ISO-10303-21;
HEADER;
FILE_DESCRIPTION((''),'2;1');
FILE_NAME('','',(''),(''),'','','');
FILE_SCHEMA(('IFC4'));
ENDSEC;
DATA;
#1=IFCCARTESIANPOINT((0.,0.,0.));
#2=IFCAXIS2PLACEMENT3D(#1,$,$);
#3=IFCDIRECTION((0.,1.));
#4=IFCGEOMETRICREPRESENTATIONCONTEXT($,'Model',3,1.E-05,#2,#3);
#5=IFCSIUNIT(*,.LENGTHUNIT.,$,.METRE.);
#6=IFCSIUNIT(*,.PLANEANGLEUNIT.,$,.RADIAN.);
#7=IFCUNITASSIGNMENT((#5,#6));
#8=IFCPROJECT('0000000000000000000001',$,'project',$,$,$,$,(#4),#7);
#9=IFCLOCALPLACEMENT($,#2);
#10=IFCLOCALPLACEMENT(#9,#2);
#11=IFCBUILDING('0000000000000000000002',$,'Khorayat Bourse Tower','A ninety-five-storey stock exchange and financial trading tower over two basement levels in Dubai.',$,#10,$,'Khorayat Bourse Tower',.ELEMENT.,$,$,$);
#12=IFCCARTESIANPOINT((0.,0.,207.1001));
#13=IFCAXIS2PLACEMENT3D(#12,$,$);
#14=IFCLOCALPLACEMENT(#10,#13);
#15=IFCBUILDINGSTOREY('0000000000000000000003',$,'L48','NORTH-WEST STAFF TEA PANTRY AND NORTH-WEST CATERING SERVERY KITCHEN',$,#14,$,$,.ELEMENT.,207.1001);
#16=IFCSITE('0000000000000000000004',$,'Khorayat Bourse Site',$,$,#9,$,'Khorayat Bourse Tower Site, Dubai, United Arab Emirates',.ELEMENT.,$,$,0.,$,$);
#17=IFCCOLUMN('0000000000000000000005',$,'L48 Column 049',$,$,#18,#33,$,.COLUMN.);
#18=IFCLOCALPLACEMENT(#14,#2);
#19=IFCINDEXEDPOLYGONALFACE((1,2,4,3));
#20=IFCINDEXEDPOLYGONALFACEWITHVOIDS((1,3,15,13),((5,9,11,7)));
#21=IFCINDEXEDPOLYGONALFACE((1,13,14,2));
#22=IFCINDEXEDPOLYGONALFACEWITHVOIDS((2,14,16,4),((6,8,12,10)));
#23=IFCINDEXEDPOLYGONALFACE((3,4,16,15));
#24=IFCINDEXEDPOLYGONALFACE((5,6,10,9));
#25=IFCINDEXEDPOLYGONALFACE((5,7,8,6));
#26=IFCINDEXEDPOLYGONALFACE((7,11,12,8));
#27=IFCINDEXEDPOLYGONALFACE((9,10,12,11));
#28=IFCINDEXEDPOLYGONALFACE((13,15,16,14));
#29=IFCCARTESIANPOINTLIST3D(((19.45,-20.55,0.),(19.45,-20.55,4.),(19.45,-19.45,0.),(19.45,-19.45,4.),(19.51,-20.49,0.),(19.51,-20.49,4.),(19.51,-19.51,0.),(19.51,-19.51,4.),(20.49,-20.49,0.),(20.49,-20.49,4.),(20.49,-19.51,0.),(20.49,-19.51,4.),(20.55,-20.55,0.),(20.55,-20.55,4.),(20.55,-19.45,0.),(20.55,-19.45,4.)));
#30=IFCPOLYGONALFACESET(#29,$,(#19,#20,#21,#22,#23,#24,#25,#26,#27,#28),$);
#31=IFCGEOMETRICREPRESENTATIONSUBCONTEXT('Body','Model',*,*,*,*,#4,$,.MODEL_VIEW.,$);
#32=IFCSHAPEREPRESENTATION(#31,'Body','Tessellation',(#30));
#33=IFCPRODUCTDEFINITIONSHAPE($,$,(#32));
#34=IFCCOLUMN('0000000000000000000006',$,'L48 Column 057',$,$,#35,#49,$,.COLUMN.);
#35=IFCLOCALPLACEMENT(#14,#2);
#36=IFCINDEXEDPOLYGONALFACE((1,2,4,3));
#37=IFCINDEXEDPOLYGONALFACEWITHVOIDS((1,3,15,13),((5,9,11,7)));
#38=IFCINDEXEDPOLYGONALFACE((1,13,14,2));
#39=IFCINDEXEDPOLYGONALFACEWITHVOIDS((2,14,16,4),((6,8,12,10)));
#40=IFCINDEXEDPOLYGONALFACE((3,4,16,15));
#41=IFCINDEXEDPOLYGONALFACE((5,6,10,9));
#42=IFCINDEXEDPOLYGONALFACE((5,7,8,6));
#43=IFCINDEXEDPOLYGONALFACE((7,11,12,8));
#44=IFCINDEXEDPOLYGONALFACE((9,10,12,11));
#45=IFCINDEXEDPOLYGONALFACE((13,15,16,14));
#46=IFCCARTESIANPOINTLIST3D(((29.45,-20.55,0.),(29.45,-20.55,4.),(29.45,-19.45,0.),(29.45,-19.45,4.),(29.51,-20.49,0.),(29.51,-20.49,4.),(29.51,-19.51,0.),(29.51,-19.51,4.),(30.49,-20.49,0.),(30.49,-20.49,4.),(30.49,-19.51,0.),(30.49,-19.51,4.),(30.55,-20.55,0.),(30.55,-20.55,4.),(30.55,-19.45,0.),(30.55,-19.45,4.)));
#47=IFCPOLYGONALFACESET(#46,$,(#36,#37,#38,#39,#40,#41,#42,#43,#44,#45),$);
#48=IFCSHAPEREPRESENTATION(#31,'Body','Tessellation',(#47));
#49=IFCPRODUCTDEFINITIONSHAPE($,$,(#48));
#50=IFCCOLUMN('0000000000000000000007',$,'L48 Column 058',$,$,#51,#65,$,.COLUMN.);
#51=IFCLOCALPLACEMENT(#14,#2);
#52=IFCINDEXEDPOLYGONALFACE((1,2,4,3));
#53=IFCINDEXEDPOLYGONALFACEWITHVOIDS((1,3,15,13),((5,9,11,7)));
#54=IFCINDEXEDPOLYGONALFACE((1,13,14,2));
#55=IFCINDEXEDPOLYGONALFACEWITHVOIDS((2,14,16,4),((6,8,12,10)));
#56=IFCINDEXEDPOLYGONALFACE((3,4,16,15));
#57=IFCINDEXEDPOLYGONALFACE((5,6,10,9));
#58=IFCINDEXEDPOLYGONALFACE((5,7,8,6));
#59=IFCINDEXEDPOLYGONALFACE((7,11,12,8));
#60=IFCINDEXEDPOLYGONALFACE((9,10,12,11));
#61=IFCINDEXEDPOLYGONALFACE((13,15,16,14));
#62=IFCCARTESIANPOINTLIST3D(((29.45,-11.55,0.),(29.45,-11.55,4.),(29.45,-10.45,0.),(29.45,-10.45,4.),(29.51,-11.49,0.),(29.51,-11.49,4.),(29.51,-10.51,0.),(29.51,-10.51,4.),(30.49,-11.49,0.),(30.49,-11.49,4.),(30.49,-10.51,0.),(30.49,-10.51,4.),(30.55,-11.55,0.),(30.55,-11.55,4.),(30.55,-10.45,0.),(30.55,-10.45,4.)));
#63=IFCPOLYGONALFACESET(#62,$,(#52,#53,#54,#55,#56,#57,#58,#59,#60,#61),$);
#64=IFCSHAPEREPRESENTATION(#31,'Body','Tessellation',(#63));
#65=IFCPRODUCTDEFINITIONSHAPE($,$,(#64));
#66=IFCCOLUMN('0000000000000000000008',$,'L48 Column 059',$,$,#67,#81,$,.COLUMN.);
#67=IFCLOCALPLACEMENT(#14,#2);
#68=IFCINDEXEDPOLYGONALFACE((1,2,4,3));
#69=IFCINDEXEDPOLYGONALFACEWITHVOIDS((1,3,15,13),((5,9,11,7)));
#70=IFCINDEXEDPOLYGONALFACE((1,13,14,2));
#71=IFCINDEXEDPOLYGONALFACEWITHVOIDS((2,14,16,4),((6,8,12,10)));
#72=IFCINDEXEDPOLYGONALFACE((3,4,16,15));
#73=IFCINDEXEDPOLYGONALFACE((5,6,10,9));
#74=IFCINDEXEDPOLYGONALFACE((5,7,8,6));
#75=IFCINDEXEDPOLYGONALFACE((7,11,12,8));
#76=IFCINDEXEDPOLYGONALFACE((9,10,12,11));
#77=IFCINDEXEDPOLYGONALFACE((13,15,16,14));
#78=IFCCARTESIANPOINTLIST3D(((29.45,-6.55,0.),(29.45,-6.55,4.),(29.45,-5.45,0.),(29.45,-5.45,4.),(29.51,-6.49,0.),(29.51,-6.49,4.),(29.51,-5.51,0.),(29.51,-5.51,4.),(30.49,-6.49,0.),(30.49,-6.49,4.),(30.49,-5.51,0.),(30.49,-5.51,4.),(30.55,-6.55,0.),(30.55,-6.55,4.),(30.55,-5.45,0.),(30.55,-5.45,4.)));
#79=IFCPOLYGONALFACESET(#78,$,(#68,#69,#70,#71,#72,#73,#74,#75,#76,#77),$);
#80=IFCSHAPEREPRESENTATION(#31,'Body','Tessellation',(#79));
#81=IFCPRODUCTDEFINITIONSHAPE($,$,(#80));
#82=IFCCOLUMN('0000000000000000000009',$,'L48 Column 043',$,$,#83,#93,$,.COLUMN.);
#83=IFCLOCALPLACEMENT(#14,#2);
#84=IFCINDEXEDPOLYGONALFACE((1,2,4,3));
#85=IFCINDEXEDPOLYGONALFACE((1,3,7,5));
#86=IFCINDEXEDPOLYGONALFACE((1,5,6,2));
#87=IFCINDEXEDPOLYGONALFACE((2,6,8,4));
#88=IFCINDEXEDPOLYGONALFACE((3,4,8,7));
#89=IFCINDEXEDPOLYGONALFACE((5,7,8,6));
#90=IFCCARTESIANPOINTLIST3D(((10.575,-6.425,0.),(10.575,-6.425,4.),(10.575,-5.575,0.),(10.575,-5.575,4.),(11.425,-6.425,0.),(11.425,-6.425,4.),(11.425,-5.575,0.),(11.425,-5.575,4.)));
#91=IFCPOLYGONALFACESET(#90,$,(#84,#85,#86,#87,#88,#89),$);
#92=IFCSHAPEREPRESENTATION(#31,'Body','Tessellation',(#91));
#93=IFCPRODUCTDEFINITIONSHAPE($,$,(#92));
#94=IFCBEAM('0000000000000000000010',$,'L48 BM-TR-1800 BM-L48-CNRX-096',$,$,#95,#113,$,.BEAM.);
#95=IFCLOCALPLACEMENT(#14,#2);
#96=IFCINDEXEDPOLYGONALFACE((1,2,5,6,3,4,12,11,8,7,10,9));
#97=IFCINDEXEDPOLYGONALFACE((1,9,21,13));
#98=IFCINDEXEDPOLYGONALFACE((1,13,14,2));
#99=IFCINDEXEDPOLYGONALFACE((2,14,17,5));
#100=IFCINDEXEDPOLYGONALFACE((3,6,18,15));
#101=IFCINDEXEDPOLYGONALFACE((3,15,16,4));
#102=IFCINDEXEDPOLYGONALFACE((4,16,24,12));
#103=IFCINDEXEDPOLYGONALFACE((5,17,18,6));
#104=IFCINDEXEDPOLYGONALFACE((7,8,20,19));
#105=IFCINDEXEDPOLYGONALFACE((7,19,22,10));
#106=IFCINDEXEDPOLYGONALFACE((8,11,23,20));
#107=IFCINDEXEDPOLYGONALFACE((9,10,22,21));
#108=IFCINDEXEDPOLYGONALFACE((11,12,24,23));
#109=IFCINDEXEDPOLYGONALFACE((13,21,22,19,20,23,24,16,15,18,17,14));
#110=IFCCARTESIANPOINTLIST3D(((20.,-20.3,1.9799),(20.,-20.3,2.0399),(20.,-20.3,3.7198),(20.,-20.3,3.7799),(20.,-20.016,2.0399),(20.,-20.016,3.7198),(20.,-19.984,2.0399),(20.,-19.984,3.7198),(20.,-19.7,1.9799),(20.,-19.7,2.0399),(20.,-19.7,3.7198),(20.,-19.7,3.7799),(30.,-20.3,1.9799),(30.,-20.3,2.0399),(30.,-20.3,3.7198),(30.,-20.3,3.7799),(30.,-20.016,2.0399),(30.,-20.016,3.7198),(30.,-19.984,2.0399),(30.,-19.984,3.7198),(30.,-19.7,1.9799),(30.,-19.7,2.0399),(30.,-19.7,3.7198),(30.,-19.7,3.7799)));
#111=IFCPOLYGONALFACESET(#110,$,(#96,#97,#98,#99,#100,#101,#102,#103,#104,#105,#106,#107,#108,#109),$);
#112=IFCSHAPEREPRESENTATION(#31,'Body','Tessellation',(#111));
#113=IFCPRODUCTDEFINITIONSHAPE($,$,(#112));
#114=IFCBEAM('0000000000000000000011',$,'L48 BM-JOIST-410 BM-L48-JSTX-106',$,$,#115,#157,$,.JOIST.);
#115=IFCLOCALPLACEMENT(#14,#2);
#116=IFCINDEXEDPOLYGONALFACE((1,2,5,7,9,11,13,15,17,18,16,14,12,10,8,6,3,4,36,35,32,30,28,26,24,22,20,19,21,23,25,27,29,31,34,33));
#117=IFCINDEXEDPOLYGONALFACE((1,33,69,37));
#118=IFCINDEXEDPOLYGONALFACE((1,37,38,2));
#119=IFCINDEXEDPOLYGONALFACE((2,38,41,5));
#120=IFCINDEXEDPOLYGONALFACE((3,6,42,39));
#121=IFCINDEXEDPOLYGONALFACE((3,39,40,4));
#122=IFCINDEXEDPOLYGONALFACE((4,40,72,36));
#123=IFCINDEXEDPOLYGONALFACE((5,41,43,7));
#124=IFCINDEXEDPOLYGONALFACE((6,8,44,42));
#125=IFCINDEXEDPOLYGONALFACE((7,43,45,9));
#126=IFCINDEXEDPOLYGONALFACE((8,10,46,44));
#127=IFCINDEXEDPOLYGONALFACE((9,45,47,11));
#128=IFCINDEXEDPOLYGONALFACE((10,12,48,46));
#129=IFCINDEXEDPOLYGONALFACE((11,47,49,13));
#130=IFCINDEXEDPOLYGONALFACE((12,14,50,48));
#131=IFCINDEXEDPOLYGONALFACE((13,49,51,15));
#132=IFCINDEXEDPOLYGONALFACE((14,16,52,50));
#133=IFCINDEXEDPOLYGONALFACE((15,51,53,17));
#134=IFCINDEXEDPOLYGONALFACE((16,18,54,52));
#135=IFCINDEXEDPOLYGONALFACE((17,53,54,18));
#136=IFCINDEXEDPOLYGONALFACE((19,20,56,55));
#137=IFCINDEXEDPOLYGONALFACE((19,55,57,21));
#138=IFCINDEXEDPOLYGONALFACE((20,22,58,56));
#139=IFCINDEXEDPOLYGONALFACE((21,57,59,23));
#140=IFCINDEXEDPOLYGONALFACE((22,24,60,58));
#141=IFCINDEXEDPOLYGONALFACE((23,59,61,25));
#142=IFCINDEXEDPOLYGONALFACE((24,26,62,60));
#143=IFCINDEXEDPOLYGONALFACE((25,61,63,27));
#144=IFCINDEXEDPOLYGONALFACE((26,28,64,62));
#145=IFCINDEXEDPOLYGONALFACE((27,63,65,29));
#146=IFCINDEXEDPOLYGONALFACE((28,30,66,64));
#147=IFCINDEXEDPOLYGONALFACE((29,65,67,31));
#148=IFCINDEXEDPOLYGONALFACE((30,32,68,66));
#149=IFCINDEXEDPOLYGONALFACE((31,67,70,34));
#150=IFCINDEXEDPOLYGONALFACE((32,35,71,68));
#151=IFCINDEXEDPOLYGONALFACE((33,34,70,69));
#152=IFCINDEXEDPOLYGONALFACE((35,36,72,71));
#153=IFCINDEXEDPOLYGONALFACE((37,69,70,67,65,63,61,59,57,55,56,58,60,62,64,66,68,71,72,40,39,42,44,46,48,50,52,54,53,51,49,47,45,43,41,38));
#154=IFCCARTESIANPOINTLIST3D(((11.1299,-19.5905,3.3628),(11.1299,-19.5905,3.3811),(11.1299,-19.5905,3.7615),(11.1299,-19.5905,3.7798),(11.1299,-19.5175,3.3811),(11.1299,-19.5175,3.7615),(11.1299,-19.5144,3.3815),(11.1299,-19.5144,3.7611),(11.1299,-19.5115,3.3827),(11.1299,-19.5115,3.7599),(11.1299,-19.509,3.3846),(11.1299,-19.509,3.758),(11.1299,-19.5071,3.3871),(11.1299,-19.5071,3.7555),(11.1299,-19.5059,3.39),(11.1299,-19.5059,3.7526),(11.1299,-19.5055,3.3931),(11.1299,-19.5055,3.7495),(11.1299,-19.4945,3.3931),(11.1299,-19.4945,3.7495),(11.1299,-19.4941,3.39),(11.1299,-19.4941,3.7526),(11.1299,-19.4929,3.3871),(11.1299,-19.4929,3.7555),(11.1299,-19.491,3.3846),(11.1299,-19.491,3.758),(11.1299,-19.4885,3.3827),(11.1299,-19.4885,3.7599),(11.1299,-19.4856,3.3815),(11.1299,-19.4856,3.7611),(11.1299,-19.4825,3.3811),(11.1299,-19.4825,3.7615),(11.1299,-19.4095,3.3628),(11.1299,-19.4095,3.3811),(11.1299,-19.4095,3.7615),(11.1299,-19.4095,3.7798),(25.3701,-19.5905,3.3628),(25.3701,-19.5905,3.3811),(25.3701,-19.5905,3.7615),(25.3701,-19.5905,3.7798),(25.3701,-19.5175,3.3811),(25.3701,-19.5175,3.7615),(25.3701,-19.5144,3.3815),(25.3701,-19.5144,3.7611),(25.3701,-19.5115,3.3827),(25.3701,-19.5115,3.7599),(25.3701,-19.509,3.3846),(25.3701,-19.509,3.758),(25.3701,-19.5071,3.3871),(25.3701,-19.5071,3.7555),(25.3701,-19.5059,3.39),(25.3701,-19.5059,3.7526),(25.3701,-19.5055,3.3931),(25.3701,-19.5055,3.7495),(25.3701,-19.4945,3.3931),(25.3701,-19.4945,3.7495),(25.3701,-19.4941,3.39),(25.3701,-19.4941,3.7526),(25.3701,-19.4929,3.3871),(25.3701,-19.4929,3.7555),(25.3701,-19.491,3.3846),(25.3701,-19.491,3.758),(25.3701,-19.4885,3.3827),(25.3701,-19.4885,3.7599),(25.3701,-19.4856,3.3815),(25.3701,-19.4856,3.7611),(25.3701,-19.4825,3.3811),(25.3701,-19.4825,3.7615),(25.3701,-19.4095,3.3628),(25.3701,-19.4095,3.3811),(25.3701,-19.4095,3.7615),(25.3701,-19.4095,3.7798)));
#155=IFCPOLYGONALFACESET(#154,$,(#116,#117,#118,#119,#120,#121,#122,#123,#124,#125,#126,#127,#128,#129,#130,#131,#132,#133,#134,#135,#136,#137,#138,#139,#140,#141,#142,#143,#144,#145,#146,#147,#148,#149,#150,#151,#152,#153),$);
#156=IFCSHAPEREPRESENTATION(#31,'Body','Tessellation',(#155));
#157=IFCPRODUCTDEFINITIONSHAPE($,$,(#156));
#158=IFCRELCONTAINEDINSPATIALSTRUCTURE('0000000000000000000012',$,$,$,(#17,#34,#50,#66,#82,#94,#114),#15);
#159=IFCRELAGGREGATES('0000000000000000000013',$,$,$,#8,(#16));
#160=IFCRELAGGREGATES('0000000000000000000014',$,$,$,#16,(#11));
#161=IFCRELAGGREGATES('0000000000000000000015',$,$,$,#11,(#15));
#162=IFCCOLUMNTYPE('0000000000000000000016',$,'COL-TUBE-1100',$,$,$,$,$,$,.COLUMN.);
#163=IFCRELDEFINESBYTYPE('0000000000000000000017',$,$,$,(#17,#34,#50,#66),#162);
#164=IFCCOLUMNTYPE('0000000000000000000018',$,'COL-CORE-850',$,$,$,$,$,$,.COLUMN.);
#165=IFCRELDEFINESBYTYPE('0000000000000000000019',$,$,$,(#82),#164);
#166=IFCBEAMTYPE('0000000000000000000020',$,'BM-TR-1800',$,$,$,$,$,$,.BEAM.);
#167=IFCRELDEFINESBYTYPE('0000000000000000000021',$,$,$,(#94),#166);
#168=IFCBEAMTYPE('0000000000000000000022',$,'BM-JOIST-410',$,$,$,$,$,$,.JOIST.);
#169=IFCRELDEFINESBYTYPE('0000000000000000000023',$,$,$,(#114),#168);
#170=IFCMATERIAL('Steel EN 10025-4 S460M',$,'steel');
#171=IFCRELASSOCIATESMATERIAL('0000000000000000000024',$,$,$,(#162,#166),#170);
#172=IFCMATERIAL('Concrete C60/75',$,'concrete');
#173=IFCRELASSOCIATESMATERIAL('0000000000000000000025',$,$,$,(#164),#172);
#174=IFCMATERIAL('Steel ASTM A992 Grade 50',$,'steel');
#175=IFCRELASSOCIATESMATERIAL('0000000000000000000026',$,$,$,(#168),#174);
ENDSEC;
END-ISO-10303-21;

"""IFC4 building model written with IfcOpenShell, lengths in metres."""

from ifc_helpers import new_model, si_unit, direction, frame, origin, origin_2d, place, context, subcontext, project, spatial, rectangle, hollow_rectangle, i_section, extrude, source, transform, mapped, material, material_profile, profile_set, type_object, element, save


model = new_model("IFC4")

# Units and contexts
model_context = context("Model", 3, precision=1e-05, world=origin(), true_north=direction((0.0, 1.0)))
body_context = subcontext(model_context, "Body", "Model", "MODEL_VIEW")
ifc_project = project(units=[si_unit("LENGTHUNIT", "METRE"), si_unit("PLANEANGLEUNIT", "RADIAN")], contexts=[model_context])

# Site, building, storey
site_placement = place(None, origin())
site = spatial("IfcSite", under=ifc_project, at=site_placement, Name="Khorayat Bourse Site", LongName="Khorayat Bourse Tower Site, Dubai, United Arab Emirates", CompositionType="ELEMENT", RefElevation=0.0)
building_placement = place(site_placement, origin())
building = spatial("IfcBuilding", under=site, at=building_placement, Name="Khorayat Bourse Tower", Description="A ninety-five-storey stock exchange and financial trading tower over two basement levels in Dubai.", LongName="Khorayat Bourse Tower", CompositionType="ELEMENT")
storey_placement = place(building_placement, frame((0.0, 0.0, 207.1001)))
storey = spatial("IfcBuildingStorey", under=building, at=storey_placement, Name="L48", Description="NORTH-WEST STAFF TEA PANTRY AND NORTH-WEST CATERING SERVERY KITCHEN", CompositionType="ELEMENT", Elevation=207.1001)

# Columns
ifc_material_1 = material(Name="Steel EN 10025-4 S460M", Category="steel")
ifc_material_profile_1 = material_profile(ifc_material_1, hollow_rectangle(XDim=1.1001, YDim=1.1001, WallThickness=0.0601, at=origin_2d()), Name="BOX 1100x1100x60")
ifc_profile_set_1 = profile_set([ifc_material_profile_1], Name="Steel EN 10025-4 S460M")
column_type_1 = type_object("IfcColumnType", Name="COL-TUBE-1100", PredefinedType="COLUMN", material=ifc_profile_set_1)
shared_shape_1 = source(origin(), body_context, "Body", "SweptSolid", [
    extrude(hollow_rectangle(XDim=1.1001, YDim=1.1001, WallThickness=0.0601, at=origin_2d()), origin(), (0.0, 0.0, 1.0), 4.0),
])
for number, where, z_axis, x_axis, name in (
    (1, (20.0, -20.0, 0.0), (0.0, 0.0, 1.0), (1.0, 0.0, 0.0), "L48 Column 049"),
    (2, (30.0, -20.0, 0.0), (0.0, 0.0, 1.0), (1.0, 0.0, 0.0), "L48 Column 057"),
    (3, (30.0, -11.0, 0.0), (0.0, 0.0, 1.0), (1.0, 0.0, 0.0), "L48 Column 058"),
    (4, (30.0, -6.0, 0.0), (0.0, 0.0, 1.0), (1.0, 0.0, 0.0), "L48 Column 059"),
):
    element("IfcColumn", number, at=place(storey_placement, frame(where, z_axis=z_axis, x_axis=x_axis)), inside=storey, type_object=column_type_1, Name=name, PredefinedType="COLUMN", context=body_context, shape_type="MappedRepresentation", body=[
        mapped(shared_shape_1, transform((0.0, 0.0, 0.0), scale=1.0)),
    ])
ifc_material_2 = material(Name="Concrete C60/75", Category="concrete")
ifc_material_profile_2 = material_profile(ifc_material_2, rectangle(XDim=0.8501, YDim=0.8501, at=origin_2d()), Name="RC 850x850")
ifc_profile_set_2 = profile_set([ifc_material_profile_2], Name="Concrete C60/75")
column_type_2 = type_object("IfcColumnType", Name="COL-CORE-850", PredefinedType="COLUMN", material=ifc_profile_set_2)
shared_shape_2 = source(origin(), body_context, "Body", "SweptSolid", [
    extrude(rectangle(XDim=0.8501, YDim=0.8501, at=origin_2d()), origin(), (0.0, 0.0, 1.0), 4.0),
])
column_placement = place(storey_placement, frame((11.0, -6.0, 0.0), z_axis=(0.0, 0.0, 1.0), x_axis=(1.0, 0.0, 0.0)))
element("IfcColumn", 5, at=column_placement, inside=storey, type_object=column_type_2, Name="L48 Column 043", PredefinedType="COLUMN", context=body_context, shape_type="MappedRepresentation", body=[
    mapped(shared_shape_2, transform((0.0, 0.0, 0.0), scale=1.0)),
])

# Beams
ifc_material_profile_3 = material_profile(ifc_material_1, i_section(OverallWidth=0.6001, OverallDepth=1.8, WebThickness=0.032, FlangeThickness=0.0601, at=origin_2d()), Name="PG 1800x600x32x60")
ifc_profile_set_3 = profile_set([ifc_material_profile_3], Name="Steel EN 10025-4 S460M")
beam_type_1 = type_object("IfcBeamType", Name="BM-TR-1800", PredefinedType="BEAM", material=ifc_profile_set_3)
shared_shape_3 = source(origin(), body_context, "Body", "SweptSolid", [
    extrude(i_section(OverallWidth=0.6001, OverallDepth=1.8, WebThickness=0.032, FlangeThickness=0.0601, at=origin_2d()), origin(), (0.0, 0.0, 1.0), 10.0),
])
beam_1_placement = place(storey_placement, frame((20.0, -20.0, 2.8799), z_axis=(1.0, 0.0, 0.0), x_axis=(0.0, 1.0, 0.0)))
element("IfcBeam", 6, at=beam_1_placement, inside=storey, type_object=beam_type_1, Name="L48 BM-TR-1800 BM-L48-CNRX-096", PredefinedType="BEAM", context=body_context, shape_type="MappedRepresentation", body=[
    mapped(shared_shape_3, transform((0.0, 0.0, 0.0), scale=1.0)),
])
ifc_material_3 = material(Name="Steel ASTM A992 Grade 50", Category="steel")
ifc_material_profile_4 = material_profile(ifc_material_3, i_section(OverallWidth=0.1809, OverallDepth=0.417, WebThickness=0.011, FlangeThickness=0.0183, FilletRadius=0.012, at=origin_2d()), Name="W410X85")
ifc_profile_set_4 = profile_set([ifc_material_profile_4], Name="Steel ASTM A992 Grade 50")
beam_type_2 = type_object("IfcBeamType", Name="BM-JOIST-410", PredefinedType="JOIST", material=ifc_profile_set_4)
shared_shape_4 = source(origin(), body_context, "Body", "SweptSolid", [
    extrude(i_section(OverallWidth=0.1809, OverallDepth=0.417, WebThickness=0.011, FlangeThickness=0.0183, FilletRadius=0.012, at=origin_2d()), origin(), (0.0, 0.0, 1.0), 14.2402),
])
beam_2_placement = place(storey_placement, frame((11.1299, -19.5, 3.5713), z_axis=(1.0, 0.0, 0.0), x_axis=(0.0, 1.0, 0.0)))
element("IfcBeam", 7, at=beam_2_placement, inside=storey, type_object=beam_type_2, Name="L48 BM-JOIST-410 BM-L48-JSTX-106", PredefinedType="JOIST", context=body_context, shape_type="MappedRepresentation", body=[
    mapped(shared_shape_4, transform((0.0, 0.0, 0.0), scale=1.0)),
])

save(model, "model.ifc")
